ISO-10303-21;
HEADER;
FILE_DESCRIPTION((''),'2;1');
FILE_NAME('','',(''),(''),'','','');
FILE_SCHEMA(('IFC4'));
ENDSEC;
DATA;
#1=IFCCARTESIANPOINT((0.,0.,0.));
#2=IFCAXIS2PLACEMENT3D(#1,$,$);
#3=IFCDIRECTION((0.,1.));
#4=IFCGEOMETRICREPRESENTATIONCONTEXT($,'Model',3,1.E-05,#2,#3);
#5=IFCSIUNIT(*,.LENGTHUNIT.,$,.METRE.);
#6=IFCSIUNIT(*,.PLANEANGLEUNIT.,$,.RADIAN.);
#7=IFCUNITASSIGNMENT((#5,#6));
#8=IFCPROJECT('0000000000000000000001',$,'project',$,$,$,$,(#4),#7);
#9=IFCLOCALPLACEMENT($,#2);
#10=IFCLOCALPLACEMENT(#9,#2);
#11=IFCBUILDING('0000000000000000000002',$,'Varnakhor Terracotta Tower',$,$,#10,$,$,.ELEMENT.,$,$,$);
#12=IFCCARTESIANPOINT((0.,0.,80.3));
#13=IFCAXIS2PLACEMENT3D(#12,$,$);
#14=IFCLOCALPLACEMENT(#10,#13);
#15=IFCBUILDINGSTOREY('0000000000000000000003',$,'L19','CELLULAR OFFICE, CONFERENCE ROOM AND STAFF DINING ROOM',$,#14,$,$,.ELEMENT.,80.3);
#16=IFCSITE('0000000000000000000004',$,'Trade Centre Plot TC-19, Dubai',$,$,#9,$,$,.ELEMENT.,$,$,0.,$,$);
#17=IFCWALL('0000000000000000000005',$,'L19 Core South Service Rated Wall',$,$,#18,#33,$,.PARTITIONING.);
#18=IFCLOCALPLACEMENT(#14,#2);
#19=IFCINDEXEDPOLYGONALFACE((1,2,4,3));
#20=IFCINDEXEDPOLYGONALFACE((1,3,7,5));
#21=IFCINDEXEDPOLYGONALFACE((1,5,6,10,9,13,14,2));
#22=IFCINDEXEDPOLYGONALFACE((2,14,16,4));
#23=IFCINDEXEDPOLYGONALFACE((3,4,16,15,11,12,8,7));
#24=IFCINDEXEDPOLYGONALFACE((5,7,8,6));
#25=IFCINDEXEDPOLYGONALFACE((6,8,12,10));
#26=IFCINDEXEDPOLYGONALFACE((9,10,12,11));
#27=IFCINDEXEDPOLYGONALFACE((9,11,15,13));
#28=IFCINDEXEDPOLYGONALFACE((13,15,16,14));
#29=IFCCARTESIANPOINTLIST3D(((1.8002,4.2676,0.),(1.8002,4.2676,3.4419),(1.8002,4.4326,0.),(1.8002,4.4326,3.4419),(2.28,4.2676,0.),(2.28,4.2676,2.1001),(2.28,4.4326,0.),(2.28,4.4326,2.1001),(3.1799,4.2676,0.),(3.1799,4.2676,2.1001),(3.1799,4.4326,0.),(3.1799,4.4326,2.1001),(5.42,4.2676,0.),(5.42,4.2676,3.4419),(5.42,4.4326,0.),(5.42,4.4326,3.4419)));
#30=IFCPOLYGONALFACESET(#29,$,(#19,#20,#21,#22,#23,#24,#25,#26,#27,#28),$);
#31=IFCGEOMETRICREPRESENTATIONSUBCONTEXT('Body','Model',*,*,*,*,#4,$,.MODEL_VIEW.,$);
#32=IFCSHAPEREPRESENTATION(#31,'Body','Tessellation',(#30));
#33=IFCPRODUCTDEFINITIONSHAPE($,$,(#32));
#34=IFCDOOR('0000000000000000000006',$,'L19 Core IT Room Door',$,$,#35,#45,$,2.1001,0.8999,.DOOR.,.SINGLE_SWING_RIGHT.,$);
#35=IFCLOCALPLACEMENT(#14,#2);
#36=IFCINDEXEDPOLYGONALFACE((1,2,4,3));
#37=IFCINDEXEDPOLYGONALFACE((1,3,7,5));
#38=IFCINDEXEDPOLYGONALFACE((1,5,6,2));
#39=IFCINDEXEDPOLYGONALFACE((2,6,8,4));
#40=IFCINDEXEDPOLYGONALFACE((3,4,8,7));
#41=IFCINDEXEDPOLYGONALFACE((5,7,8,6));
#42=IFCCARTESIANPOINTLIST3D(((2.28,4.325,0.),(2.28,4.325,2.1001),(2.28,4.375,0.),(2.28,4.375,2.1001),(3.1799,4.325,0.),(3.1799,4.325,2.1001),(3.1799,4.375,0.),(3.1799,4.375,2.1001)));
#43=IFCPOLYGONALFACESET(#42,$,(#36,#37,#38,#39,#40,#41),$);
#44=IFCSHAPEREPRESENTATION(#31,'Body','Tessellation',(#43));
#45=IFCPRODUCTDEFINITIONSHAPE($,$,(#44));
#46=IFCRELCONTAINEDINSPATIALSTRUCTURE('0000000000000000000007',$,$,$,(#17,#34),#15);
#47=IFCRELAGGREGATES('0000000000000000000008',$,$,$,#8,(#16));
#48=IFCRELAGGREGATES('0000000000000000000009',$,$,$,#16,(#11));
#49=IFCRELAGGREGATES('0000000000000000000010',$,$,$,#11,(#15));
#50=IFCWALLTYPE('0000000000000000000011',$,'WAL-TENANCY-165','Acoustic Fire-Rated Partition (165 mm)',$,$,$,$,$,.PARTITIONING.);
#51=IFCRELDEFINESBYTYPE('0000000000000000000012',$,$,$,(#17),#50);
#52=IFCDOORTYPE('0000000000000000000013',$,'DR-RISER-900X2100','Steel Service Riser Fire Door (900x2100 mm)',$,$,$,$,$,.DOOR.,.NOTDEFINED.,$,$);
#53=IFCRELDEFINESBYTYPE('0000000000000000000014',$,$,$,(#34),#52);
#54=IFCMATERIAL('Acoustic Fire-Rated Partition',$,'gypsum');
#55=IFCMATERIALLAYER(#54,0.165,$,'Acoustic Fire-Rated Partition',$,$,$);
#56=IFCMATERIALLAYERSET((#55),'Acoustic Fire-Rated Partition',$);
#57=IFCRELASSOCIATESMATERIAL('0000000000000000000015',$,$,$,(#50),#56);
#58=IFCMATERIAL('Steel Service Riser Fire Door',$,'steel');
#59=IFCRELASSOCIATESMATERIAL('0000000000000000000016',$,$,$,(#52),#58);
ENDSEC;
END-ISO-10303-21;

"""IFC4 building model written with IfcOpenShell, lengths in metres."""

from ifc_helpers import new_model, si_unit, direction, frame, frame_2d, origin, place, context, subcontext, project, spatial, rectangle, extrude, source, transform, mapped, material, layer, layer_set, type_object, type_shapes, element, fill, save


model = new_model("IFC4")

# Units and contexts
model_context = context("Model", 3, precision=1e-05, world=origin(), true_north=direction((0.0, 1.0)))
body_context = subcontext(model_context, "Body", "Model", "MODEL_VIEW")
ifc_project = project(units=[si_unit("LENGTHUNIT", "METRE"), si_unit("PLANEANGLEUNIT", "RADIAN")], contexts=[model_context])

# Site, building, storey
site_placement = place(None, origin())
site = spatial("IfcSite", under=ifc_project, at=site_placement, Name="Trade Centre Plot TC-19, Dubai", CompositionType="ELEMENT", RefElevation=0.0)
building_placement = place(site_placement, origin())
building = spatial("IfcBuilding", under=site, at=building_placement, Name="Varnakhor Terracotta Tower", CompositionType="ELEMENT")
storey_placement = place(building_placement, frame((0.0, 0.0, 80.3)))
storey = spatial("IfcBuildingStorey", under=building, at=storey_placement, Name="L19", Description="CELLULAR OFFICE, CONFERENCE ROOM AND STAFF DINING ROOM", CompositionType="ELEMENT", Elevation=80.3)

# Shared definitions
ifc_material_1 = material(Name="Acoustic Fire-Rated Partition", Category="gypsum")
ifc_layer_1 = layer(ifc_material_1, 0.165, Name="Acoustic Fire-Rated Partition")
ifc_layer_set_1 = layer_set([ifc_layer_1], Name="Acoustic Fire-Rated Partition")
wall_type_1 = type_object("IfcWallType", Name="WAL-TENANCY-165", Description="Acoustic Fire-Rated Partition (165 mm)", PredefinedType="PARTITIONING", material=ifc_layer_set_1)

# Shared definitions
ifc_material_2 = material(Name="Steel Service Riser Fire Door", Category="steel")
door_type_1 = type_object("IfcDoorType", Name="DR-RISER-900X2100", Description="Steel Service Riser Fire Door (900x2100 mm)", OperationType="NOTDEFINED", PredefinedType="DOOR", material=ifc_material_2)
shared_shape_1 = source(origin(), body_context, "Body", "SweptSolid", [
    extrude(rectangle(XDim=0.8999, YDim=2.1001, at=frame_2d((0.45, 1.05))), frame((0.0, 0.0249, 0.0), z_axis=(0.0, -1.0, 0.0), x_axis=(1.0, 0.0, 0.0)), (0.0, 0.0, 1.0), 0.05),
])
type_shapes(door_type_1, [shared_shape_1])

# Wall, opening, door
wall_1_placement = place(storey_placement, frame((1.8, 4.3501, 0.0), z_axis=(0.0, 0.0, 1.0), x_axis=(1.0, 0.0, 0.0)))
wall_1 = element("IfcWall", 1, at=wall_1_placement, inside=storey, type_object=wall_type_1, Name="L19 Core South Service Rated Wall", PredefinedType="PARTITIONING", context=body_context, shape_type="SweptSolid", body=[
    extrude(rectangle(XDim=3.6199, YDim=0.165, at=frame_2d((1.8101, 0.0))), origin(), (0.0, 0.0, 1.0), 3.4419),
])
opening_1_placement = place(wall_1_placement, frame((0.48, 0.0, 0.0)))
opening_1 = element("IfcOpeningElement", 2, at=opening_1_placement, cuts=wall_1, PredefinedType="OPENING", context=body_context, shape_type="SweptSolid", body=[
    extrude(rectangle(XDim=0.8999, YDim=2.1001, at=frame_2d((0.45, 1.05))), frame((0.0, 0.0925, 0.0), z_axis=(0.0, -1.0, 0.0), x_axis=(1.0, 0.0, 0.0)), (0.0, 0.0, 1.0), 0.1851),
])
door_1_placement = place(opening_1_placement, origin())
door_1 = element("IfcDoor", 3, at=door_1_placement, inside=storey, type_object=door_type_1, Name="L19 Core IT Room Door", OperationType="SINGLE_SWING_RIGHT", OverallHeight=2.1001, OverallWidth=0.8999, PredefinedType="DOOR", context=body_context, shape_type="MappedRepresentation", body=[
    mapped(shared_shape_1, transform((0.0, 0.0, 0.0), scale=1.0)),
])
fill(opening_1, door_1)

save(model, "model.ifc")
